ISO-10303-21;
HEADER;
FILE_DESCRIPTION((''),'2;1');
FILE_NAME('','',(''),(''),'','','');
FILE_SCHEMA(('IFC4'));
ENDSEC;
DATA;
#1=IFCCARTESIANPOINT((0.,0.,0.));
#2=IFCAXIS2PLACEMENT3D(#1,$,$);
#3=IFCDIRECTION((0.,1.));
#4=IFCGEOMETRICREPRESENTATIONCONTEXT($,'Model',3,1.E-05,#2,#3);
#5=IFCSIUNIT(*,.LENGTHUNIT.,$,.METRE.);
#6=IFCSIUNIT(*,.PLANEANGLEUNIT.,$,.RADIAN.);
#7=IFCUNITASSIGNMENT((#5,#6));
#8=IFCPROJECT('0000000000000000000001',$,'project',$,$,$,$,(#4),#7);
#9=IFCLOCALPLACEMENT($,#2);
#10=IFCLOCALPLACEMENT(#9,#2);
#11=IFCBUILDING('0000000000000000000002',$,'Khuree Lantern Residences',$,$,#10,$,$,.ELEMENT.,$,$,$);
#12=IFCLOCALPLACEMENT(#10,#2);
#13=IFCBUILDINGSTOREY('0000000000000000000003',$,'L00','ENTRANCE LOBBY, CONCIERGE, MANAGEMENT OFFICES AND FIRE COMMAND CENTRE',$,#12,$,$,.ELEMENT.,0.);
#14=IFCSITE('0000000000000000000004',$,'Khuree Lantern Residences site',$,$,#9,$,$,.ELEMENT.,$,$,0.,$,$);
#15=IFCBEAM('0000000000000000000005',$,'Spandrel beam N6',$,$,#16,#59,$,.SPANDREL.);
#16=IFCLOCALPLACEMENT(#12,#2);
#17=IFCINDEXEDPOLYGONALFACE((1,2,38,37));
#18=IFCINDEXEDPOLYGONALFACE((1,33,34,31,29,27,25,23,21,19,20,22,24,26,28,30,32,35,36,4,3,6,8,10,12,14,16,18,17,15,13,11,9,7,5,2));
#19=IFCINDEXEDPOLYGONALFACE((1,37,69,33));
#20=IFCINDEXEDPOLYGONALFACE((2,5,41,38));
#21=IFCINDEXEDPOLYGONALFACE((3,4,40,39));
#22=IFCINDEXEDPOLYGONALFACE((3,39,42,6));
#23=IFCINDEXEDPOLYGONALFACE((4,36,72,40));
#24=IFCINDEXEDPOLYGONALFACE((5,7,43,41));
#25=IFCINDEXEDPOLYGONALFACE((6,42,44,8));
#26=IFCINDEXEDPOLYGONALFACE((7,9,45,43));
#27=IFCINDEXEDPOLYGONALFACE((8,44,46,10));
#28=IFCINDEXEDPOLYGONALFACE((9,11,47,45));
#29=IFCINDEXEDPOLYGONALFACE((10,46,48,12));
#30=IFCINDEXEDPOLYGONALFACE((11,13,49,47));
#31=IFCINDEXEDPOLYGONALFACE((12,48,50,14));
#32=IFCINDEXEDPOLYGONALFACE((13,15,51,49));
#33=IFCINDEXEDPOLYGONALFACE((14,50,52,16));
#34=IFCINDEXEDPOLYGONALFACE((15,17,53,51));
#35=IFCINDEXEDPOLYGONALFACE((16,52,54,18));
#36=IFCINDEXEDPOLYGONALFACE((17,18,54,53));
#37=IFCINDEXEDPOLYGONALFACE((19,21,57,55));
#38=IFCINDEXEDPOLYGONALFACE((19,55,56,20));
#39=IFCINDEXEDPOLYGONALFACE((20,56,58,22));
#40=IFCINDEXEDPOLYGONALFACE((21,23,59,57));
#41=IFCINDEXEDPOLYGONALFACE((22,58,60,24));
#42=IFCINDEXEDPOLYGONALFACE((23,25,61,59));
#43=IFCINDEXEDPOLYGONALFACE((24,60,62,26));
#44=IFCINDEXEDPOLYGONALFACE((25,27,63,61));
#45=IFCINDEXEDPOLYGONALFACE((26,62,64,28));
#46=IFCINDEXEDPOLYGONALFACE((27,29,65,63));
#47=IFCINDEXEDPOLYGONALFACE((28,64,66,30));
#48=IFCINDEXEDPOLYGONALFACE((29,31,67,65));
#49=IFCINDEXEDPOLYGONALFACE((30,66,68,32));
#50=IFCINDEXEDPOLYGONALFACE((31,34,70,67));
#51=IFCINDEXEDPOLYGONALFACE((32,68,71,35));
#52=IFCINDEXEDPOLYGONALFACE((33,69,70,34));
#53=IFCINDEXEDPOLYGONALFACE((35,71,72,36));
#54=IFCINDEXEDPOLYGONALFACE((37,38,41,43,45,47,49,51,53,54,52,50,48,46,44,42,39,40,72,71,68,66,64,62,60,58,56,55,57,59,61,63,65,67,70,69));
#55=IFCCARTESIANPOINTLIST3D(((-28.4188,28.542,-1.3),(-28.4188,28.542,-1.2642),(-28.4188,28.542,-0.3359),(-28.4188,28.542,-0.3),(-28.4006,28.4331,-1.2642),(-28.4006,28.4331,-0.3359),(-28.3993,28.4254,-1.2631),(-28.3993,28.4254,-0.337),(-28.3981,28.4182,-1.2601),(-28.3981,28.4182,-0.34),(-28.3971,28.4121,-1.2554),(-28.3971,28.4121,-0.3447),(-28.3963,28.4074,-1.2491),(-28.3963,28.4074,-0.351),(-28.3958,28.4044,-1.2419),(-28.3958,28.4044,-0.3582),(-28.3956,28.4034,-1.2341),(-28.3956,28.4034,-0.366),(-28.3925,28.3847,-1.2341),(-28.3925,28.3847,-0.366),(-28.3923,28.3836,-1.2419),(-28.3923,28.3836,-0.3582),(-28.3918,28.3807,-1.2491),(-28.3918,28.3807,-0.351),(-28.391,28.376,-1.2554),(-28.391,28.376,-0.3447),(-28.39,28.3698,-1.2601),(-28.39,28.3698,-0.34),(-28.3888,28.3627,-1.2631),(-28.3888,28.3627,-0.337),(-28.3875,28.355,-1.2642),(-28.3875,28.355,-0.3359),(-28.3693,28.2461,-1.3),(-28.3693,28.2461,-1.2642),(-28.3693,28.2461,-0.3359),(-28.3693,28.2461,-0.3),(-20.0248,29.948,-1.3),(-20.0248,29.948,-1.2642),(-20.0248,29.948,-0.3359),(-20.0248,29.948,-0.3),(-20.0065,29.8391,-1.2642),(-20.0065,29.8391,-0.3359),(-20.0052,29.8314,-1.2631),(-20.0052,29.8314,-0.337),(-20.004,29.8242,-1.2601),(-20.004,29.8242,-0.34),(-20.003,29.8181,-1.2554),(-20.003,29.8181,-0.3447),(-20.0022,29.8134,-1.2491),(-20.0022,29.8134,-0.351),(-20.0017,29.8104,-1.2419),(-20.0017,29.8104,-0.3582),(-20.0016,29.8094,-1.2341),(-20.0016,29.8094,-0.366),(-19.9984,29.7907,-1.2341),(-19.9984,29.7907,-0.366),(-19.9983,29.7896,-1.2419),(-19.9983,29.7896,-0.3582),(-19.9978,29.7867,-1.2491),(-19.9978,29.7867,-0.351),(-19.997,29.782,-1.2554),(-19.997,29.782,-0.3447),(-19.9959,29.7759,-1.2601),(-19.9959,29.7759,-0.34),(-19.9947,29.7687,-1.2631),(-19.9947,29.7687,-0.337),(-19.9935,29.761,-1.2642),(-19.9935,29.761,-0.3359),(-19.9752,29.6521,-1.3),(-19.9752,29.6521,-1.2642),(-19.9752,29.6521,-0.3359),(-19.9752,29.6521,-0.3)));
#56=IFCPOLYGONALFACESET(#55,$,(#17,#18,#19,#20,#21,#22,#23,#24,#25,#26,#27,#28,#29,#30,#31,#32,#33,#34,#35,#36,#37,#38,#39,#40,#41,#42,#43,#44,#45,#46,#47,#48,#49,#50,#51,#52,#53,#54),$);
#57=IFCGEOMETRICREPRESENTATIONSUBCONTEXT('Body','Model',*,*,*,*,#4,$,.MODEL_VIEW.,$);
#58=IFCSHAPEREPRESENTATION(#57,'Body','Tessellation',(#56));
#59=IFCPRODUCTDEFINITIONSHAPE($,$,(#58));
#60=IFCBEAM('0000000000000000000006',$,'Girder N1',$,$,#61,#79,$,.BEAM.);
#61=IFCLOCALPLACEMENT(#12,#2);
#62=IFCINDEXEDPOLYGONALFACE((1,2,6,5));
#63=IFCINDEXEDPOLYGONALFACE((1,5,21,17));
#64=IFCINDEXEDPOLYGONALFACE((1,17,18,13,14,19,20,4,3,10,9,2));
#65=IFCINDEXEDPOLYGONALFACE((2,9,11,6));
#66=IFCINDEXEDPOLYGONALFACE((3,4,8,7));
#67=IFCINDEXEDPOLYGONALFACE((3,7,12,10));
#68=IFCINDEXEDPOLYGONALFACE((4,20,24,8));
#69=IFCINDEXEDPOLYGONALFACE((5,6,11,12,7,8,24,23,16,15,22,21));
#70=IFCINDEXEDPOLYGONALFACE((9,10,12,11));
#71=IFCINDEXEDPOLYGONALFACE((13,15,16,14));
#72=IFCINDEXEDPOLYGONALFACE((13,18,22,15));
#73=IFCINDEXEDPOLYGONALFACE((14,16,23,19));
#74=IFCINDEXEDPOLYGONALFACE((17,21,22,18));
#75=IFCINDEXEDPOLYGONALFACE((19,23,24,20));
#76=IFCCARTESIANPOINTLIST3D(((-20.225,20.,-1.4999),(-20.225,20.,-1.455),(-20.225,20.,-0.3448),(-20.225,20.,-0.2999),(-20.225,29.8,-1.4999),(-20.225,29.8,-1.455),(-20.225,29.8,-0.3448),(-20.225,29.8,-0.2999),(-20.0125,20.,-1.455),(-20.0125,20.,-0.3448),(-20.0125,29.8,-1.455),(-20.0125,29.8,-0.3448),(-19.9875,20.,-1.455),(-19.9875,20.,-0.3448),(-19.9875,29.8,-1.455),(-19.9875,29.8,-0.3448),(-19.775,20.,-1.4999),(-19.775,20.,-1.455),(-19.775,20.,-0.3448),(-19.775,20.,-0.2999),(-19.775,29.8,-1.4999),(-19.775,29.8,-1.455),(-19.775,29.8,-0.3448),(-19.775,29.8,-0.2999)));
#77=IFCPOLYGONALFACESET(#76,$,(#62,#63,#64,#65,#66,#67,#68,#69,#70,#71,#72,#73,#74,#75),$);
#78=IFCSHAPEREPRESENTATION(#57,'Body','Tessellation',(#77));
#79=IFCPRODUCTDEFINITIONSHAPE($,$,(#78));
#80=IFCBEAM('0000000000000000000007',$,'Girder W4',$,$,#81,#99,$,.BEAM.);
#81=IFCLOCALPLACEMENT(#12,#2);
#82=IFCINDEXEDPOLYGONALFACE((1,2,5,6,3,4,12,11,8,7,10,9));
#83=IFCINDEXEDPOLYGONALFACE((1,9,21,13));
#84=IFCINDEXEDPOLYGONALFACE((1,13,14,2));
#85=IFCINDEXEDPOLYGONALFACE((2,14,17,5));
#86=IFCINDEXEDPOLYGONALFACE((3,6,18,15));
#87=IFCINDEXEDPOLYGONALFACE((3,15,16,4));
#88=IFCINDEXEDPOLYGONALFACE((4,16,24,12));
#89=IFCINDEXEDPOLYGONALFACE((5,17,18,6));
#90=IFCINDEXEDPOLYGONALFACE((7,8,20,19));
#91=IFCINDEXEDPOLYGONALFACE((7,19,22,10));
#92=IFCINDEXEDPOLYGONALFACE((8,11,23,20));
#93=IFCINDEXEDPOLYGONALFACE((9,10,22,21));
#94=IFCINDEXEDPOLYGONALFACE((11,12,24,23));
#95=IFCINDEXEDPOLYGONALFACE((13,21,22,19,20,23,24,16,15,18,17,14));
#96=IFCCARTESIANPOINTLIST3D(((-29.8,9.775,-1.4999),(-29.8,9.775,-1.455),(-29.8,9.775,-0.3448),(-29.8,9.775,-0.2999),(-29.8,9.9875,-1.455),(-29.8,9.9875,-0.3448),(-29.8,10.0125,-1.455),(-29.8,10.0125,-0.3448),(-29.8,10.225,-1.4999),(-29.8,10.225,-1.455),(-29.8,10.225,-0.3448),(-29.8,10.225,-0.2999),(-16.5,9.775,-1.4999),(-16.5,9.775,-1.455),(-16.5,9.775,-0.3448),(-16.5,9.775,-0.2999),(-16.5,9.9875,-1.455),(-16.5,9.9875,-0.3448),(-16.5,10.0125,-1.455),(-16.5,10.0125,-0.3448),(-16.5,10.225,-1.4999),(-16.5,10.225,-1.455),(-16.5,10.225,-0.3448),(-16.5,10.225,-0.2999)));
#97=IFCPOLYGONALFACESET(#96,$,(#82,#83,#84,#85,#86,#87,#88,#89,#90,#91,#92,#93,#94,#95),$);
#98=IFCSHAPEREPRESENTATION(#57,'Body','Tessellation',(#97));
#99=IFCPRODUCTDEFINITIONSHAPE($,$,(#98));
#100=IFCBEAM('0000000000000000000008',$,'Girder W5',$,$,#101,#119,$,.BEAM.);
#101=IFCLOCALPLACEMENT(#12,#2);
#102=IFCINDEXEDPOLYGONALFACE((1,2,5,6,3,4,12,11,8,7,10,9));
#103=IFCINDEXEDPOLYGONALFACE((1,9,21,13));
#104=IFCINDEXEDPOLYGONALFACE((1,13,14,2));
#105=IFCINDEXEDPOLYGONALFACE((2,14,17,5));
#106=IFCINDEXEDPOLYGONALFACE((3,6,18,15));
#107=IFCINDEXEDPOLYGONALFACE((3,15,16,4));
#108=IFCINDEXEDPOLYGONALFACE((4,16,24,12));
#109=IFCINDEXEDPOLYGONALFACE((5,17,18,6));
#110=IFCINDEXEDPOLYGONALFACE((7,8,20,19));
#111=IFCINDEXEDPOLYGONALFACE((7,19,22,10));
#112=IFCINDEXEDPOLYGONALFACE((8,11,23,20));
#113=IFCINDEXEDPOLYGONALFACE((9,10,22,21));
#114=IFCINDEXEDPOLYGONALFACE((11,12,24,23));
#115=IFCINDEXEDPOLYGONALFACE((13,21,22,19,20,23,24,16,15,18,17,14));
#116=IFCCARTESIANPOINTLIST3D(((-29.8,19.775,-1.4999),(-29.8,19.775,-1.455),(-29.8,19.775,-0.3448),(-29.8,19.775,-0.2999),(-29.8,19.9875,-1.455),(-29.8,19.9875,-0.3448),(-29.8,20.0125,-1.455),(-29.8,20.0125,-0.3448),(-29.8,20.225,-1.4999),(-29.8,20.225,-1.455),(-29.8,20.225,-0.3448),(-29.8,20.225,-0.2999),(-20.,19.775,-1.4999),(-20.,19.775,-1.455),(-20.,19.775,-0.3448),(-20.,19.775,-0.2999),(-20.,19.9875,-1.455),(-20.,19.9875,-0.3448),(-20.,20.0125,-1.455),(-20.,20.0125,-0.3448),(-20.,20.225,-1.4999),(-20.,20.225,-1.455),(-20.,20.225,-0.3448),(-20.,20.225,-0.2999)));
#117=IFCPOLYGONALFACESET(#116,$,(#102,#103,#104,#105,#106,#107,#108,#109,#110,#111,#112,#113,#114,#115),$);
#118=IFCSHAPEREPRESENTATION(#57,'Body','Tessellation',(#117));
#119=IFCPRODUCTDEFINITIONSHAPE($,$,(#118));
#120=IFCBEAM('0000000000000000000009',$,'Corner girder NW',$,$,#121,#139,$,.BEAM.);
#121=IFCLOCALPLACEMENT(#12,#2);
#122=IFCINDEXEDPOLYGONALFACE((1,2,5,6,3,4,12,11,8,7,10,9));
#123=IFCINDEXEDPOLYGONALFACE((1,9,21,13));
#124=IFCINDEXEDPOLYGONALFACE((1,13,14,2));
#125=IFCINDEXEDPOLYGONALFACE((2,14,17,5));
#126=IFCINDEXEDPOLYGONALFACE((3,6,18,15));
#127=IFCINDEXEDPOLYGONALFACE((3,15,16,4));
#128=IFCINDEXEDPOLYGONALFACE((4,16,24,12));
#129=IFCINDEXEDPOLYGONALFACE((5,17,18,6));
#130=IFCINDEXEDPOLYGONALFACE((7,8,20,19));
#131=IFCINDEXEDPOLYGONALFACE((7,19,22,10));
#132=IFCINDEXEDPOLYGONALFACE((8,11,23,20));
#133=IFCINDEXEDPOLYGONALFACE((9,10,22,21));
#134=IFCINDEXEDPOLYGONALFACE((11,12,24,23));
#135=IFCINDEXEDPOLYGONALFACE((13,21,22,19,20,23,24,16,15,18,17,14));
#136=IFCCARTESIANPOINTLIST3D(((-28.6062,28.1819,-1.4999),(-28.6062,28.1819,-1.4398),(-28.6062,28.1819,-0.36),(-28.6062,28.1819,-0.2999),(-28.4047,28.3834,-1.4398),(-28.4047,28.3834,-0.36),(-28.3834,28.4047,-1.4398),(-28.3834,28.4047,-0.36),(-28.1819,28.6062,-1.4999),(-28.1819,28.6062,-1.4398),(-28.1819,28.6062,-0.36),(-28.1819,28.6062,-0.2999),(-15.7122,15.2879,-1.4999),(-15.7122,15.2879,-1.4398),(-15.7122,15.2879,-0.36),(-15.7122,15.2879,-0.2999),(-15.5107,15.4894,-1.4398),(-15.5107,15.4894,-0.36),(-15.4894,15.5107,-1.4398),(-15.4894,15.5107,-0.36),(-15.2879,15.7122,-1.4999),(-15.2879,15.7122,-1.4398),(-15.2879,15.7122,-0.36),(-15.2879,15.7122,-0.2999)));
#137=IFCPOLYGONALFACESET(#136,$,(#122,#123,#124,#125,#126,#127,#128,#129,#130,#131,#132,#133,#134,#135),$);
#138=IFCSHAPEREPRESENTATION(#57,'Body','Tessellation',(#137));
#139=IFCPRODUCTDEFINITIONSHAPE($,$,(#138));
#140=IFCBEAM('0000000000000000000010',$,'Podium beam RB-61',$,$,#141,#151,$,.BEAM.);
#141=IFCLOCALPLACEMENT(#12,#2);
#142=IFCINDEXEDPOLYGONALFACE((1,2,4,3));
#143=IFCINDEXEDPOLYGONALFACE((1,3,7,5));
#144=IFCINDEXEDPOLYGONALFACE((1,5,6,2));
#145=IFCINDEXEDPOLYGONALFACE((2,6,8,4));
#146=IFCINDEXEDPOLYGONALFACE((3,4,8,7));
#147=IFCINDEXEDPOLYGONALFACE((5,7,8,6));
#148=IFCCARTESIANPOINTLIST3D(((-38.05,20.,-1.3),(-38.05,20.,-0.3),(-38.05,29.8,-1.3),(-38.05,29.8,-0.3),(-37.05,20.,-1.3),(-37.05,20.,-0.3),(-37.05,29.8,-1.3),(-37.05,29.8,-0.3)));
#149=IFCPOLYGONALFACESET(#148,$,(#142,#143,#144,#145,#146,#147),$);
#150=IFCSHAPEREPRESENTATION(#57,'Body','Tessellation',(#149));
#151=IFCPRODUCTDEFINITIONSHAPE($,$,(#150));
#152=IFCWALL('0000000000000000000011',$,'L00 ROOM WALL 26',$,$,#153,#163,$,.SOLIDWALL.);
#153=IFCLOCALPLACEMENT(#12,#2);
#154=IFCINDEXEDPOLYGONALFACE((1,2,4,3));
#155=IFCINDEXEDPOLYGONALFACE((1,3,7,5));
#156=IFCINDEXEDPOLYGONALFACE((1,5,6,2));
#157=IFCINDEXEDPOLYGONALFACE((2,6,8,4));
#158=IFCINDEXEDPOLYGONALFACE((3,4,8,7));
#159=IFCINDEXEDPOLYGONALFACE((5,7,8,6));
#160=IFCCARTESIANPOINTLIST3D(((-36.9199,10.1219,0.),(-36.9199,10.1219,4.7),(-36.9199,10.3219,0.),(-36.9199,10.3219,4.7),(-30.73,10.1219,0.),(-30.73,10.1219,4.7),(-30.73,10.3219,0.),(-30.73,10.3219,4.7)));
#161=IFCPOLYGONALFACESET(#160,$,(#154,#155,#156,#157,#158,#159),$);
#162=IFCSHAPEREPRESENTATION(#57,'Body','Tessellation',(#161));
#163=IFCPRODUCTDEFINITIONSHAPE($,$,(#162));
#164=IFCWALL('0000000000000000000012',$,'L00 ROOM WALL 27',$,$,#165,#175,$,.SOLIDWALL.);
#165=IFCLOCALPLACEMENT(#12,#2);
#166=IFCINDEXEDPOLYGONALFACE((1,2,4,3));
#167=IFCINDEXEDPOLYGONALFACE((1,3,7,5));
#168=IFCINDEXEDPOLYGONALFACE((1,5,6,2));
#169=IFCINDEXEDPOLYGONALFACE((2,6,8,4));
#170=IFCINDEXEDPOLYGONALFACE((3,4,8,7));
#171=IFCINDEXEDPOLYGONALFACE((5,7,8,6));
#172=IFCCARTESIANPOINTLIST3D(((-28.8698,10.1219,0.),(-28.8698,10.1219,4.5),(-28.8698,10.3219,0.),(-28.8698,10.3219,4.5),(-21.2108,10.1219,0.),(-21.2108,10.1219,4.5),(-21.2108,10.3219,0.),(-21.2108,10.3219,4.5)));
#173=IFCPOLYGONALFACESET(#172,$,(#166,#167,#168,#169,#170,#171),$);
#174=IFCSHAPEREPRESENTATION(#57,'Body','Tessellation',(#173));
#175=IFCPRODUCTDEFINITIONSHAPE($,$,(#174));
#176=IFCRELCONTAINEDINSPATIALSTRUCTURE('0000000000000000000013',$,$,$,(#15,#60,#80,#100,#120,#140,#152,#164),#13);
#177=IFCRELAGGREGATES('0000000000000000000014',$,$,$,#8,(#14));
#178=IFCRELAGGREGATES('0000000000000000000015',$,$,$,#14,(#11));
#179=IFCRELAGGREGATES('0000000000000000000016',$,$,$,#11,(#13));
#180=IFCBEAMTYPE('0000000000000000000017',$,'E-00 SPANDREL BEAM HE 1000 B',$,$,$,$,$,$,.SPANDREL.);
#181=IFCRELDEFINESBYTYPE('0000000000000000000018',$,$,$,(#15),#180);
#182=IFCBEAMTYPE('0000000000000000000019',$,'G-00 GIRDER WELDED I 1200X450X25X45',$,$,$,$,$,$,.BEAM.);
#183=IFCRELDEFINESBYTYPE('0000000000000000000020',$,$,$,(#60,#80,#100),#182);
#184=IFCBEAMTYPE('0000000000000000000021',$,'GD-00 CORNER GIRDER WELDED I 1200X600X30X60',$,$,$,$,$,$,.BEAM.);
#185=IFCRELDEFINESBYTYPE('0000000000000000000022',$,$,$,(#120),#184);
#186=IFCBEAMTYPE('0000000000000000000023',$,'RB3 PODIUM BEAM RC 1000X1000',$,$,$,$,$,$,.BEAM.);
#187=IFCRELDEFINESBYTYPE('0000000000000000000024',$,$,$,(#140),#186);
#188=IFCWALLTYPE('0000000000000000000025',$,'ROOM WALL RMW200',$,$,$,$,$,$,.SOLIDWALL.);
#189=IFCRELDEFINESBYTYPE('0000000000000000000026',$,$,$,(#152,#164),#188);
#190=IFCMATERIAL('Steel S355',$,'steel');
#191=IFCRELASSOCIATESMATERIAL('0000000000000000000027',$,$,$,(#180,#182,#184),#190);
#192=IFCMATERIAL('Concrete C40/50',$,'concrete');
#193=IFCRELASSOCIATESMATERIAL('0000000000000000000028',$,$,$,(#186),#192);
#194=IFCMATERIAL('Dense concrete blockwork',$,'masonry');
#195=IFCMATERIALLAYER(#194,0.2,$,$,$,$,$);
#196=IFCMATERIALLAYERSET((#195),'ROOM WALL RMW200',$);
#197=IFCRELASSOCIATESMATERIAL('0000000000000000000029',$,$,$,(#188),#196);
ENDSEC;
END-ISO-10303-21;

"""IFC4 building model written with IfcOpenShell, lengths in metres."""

from ifc_helpers import new_model, si_unit, direction, frame, frame_2d, origin, origin_2d, place, context, subcontext, project, spatial, rectangle, i_section, extrude, material, layer, layer_set, material_profile, profile_set, type_object, element, save


model = new_model("IFC4")

# Units and contexts
model_context = context("Model", 3, precision=1e-05, world=origin(), true_north=direction((0.0, 1.0)))
body_context = subcontext(model_context, "Body", "Model", "MODEL_VIEW")
ifc_project = project(units=[si_unit("LENGTHUNIT", "METRE"), si_unit("PLANEANGLEUNIT", "RADIAN")], contexts=[model_context])

# Site, building, storey
site_placement = place(None, origin())
site = spatial("IfcSite", under=ifc_project, at=site_placement, Name="Khuree Lantern Residences site", CompositionType="ELEMENT", RefElevation=0.0)
building_placement = place(site_placement, origin())
building = spatial("IfcBuilding", under=site, at=building_placement, Name="Khuree Lantern Residences", CompositionType="ELEMENT")
storey_placement = place(building_placement, origin())
storey = spatial("IfcBuildingStorey", under=building, at=storey_placement, Name="L00", Description="ENTRANCE LOBBY, CONCIERGE, MANAGEMENT OFFICES AND FIRE COMMAND CENTRE", CompositionType="ELEMENT", Elevation=0.0)

# Beams
ifc_material_1 = material(Name="Steel S355", Category="steel")
ifc_material_profile_1 = material_profile(ifc_material_1, i_section(OverallWidth=0.3, OverallDepth=1.0, WebThickness=0.019, FlangeThickness=0.0359, FilletRadius=0.03, at=origin_2d()), Name="HE 1000 B")
ifc_profile_set_1 = profile_set([ifc_material_profile_1], Name="Steel S355")
beam_type_1 = type_object("IfcBeamType", Name="E-00 SPANDREL BEAM HE 1000 B", PredefinedType="SPANDREL", material=ifc_profile_set_1)
for number, where, z_axis, x_axis, name in (
    (1, (-28.394, 28.394, -0.8), (0.98626, 0.165199, 0.0), (-0.165199, 0.98626, 0.0), "Spandrel beam N6"),
):
    element("IfcBeam", number, at=place(storey_placement, frame(where, z_axis=z_axis, x_axis=x_axis)), inside=storey, type_object=beam_type_1, Name=name, PredefinedType="SPANDREL", context=body_context, shape_type="SweptSolid", body=[
        extrude(i_section(OverallWidth=0.3, OverallDepth=1.0, WebThickness=0.019, FlangeThickness=0.0359, FilletRadius=0.03, at=origin_2d()), origin(), (0.0, 0.0, 1.0), 8.511),
    ])
ifc_material_profile_2 = material_profile(ifc_material_1, i_section(OverallWidth=0.45, OverallDepth=1.2, WebThickness=0.0249, FlangeThickness=0.0449, at=origin_2d()), Name="WELDED I 1200X450X25X45")
ifc_profile_set_2 = profile_set([ifc_material_profile_2], Name="Steel S355")
beam_type_2 = type_object("IfcBeamType", Name="G-00 GIRDER WELDED I 1200X450X25X45", PredefinedType="BEAM", material=ifc_profile_set_2)
beam_1_placement = place(storey_placement, frame((-20.0, 29.8, -0.8999), z_axis=(0.0, -1.0, 0.0), x_axis=(1.0, 0.0, 0.0)))
element("IfcBeam", 2, at=beam_1_placement, inside=storey, type_object=beam_type_2, Name="Girder N1", PredefinedType="BEAM", context=body_context, shape_type="SweptSolid", body=[
    extrude(i_section(OverallWidth=0.45, OverallDepth=1.2, WebThickness=0.0249, FlangeThickness=0.0449, at=origin_2d()), origin(), (0.0, 0.0, 1.0), 9.8),
])
beam_2_placement = place(storey_placement, frame((-29.8, 10.0, -0.8999), z_axis=(1.0, 0.0, 0.0), x_axis=(0.0, 1.0, 0.0)))
element("IfcBeam", 3, at=beam_2_placement, inside=storey, type_object=beam_type_2, Name="Girder W4", PredefinedType="BEAM", context=body_context, shape_type="SweptSolid", body=[
    extrude(i_section(OverallWidth=0.45, OverallDepth=1.2, WebThickness=0.0249, FlangeThickness=0.0449, at=origin_2d()), origin(), (0.0, 0.0, 1.0), 13.3),
])
beam_3_placement = place(storey_placement, frame((-29.8, 20.0, -0.8999), z_axis=(1.0, 0.0, 0.0), x_axis=(0.0, 1.0, 0.0)))
element("IfcBeam", 4, at=beam_3_placement, inside=storey, type_object=beam_type_2, Name="Girder W5", PredefinedType="BEAM", context=body_context, shape_type="SweptSolid", body=[
    extrude(i_section(OverallWidth=0.45, OverallDepth=1.2, WebThickness=0.0249, FlangeThickness=0.0449, at=origin_2d()), origin(), (0.0, 0.0, 1.0), 9.8),
])
ifc_material_profile_3 = material_profile(ifc_material_1, i_section(OverallWidth=0.6001, OverallDepth=1.2, WebThickness=0.03, FlangeThickness=0.0601, at=origin_2d()), Name="WELDED I 1200X600X30X60")
ifc_profile_set_3 = profile_set([ifc_material_profile_3], Name="Steel S355")
beam_type_3 = type_object("IfcBeamType", Name="GD-00 CORNER GIRDER WELDED I 1200X600X30X60", PredefinedType="BEAM", material=ifc_profile_set_3)
beam_4_placement = place(storey_placement, frame((-28.394, 28.394, -0.8999), z_axis=(0.707107, -0.707107, 0.0), x_axis=(0.707107, 0.707107, 0.0)))
element("IfcBeam", 5, at=beam_4_placement, inside=storey, type_object=beam_type_3, Name="Corner girder NW", PredefinedType="BEAM", context=body_context, shape_type="SweptSolid", body=[
    extrude(i_section(OverallWidth=0.6001, OverallDepth=1.2, WebThickness=0.03, FlangeThickness=0.0601, at=origin_2d()), origin(), (0.0, 0.0, 1.0), 18.2349),
])
ifc_material_2 = material(Name="Concrete C40/50", Category="concrete")
ifc_material_profile_4 = material_profile(ifc_material_2, rectangle(XDim=1.0, YDim=1.0, at=origin_2d()), Name="RC 1000X1000")
ifc_profile_set_4 = profile_set([ifc_material_profile_4], Name="Concrete C40/50")
beam_type_4 = type_object("IfcBeamType", Name="RB3 PODIUM BEAM RC 1000X1000", PredefinedType="BEAM", material=ifc_profile_set_4)
beam_5_placement = place(storey_placement, frame((-37.55, 20.0, -0.8), z_axis=(0.0, 1.0, 0.0), x_axis=(-1.0, 0.0, 0.0)))
element("IfcBeam", 6, at=beam_5_placement, inside=storey, type_object=beam_type_4, Name="Podium beam RB-61", PredefinedType="BEAM", context=body_context, shape_type="SweptSolid", body=[
    extrude(rectangle(XDim=1.0, YDim=1.0, at=origin_2d()), origin(), (0.0, 0.0, 1.0), 9.8),
])

# Walls
ifc_material_3 = material(Name="Dense concrete blockwork", Category="masonry")
ifc_layer_1 = layer(ifc_material_3, 0.2)
ifc_layer_set_1 = layer_set([ifc_layer_1], Name="ROOM WALL RMW200")
wall_type_1 = type_object("IfcWallType", Name="ROOM WALL RMW200", PredefinedType="SOLIDWALL", material=ifc_layer_set_1)
wall_1_placement = place(storey_placement, frame((-36.9199, 10.2219, 0.0), z_axis=(0.0, 0.0, 1.0), x_axis=(1.0, 0.0, 0.0)))
element("IfcWall", 7, at=wall_1_placement, inside=storey, type_object=wall_type_1, Name="L00 ROOM WALL 26", PredefinedType="SOLIDWALL", context=body_context, shape_type="SweptSolid", body=[
    extrude(rectangle(XDim=6.1899, YDim=0.2, at=frame_2d((3.095, 0.0))), origin(), (0.0, 0.0, 1.0), 4.7),
])
wall_2_placement = place(storey_placement, frame((-28.8699, 10.2219, 0.0), z_axis=(0.0, 0.0, 1.0), x_axis=(1.0, 0.0, 0.0)))
element("IfcWall", 8, at=wall_2_placement, inside=storey, type_object=wall_type_1, Name="L00 ROOM WALL 27", PredefinedType="SOLIDWALL", context=body_context, shape_type="SweptSolid", body=[
    extrude(rectangle(XDim=7.6589, YDim=0.2, at=frame_2d((3.8296, 0.0))), origin(), (0.0, 0.0, 1.0), 4.5),
])

save(model, "model.ifc")
